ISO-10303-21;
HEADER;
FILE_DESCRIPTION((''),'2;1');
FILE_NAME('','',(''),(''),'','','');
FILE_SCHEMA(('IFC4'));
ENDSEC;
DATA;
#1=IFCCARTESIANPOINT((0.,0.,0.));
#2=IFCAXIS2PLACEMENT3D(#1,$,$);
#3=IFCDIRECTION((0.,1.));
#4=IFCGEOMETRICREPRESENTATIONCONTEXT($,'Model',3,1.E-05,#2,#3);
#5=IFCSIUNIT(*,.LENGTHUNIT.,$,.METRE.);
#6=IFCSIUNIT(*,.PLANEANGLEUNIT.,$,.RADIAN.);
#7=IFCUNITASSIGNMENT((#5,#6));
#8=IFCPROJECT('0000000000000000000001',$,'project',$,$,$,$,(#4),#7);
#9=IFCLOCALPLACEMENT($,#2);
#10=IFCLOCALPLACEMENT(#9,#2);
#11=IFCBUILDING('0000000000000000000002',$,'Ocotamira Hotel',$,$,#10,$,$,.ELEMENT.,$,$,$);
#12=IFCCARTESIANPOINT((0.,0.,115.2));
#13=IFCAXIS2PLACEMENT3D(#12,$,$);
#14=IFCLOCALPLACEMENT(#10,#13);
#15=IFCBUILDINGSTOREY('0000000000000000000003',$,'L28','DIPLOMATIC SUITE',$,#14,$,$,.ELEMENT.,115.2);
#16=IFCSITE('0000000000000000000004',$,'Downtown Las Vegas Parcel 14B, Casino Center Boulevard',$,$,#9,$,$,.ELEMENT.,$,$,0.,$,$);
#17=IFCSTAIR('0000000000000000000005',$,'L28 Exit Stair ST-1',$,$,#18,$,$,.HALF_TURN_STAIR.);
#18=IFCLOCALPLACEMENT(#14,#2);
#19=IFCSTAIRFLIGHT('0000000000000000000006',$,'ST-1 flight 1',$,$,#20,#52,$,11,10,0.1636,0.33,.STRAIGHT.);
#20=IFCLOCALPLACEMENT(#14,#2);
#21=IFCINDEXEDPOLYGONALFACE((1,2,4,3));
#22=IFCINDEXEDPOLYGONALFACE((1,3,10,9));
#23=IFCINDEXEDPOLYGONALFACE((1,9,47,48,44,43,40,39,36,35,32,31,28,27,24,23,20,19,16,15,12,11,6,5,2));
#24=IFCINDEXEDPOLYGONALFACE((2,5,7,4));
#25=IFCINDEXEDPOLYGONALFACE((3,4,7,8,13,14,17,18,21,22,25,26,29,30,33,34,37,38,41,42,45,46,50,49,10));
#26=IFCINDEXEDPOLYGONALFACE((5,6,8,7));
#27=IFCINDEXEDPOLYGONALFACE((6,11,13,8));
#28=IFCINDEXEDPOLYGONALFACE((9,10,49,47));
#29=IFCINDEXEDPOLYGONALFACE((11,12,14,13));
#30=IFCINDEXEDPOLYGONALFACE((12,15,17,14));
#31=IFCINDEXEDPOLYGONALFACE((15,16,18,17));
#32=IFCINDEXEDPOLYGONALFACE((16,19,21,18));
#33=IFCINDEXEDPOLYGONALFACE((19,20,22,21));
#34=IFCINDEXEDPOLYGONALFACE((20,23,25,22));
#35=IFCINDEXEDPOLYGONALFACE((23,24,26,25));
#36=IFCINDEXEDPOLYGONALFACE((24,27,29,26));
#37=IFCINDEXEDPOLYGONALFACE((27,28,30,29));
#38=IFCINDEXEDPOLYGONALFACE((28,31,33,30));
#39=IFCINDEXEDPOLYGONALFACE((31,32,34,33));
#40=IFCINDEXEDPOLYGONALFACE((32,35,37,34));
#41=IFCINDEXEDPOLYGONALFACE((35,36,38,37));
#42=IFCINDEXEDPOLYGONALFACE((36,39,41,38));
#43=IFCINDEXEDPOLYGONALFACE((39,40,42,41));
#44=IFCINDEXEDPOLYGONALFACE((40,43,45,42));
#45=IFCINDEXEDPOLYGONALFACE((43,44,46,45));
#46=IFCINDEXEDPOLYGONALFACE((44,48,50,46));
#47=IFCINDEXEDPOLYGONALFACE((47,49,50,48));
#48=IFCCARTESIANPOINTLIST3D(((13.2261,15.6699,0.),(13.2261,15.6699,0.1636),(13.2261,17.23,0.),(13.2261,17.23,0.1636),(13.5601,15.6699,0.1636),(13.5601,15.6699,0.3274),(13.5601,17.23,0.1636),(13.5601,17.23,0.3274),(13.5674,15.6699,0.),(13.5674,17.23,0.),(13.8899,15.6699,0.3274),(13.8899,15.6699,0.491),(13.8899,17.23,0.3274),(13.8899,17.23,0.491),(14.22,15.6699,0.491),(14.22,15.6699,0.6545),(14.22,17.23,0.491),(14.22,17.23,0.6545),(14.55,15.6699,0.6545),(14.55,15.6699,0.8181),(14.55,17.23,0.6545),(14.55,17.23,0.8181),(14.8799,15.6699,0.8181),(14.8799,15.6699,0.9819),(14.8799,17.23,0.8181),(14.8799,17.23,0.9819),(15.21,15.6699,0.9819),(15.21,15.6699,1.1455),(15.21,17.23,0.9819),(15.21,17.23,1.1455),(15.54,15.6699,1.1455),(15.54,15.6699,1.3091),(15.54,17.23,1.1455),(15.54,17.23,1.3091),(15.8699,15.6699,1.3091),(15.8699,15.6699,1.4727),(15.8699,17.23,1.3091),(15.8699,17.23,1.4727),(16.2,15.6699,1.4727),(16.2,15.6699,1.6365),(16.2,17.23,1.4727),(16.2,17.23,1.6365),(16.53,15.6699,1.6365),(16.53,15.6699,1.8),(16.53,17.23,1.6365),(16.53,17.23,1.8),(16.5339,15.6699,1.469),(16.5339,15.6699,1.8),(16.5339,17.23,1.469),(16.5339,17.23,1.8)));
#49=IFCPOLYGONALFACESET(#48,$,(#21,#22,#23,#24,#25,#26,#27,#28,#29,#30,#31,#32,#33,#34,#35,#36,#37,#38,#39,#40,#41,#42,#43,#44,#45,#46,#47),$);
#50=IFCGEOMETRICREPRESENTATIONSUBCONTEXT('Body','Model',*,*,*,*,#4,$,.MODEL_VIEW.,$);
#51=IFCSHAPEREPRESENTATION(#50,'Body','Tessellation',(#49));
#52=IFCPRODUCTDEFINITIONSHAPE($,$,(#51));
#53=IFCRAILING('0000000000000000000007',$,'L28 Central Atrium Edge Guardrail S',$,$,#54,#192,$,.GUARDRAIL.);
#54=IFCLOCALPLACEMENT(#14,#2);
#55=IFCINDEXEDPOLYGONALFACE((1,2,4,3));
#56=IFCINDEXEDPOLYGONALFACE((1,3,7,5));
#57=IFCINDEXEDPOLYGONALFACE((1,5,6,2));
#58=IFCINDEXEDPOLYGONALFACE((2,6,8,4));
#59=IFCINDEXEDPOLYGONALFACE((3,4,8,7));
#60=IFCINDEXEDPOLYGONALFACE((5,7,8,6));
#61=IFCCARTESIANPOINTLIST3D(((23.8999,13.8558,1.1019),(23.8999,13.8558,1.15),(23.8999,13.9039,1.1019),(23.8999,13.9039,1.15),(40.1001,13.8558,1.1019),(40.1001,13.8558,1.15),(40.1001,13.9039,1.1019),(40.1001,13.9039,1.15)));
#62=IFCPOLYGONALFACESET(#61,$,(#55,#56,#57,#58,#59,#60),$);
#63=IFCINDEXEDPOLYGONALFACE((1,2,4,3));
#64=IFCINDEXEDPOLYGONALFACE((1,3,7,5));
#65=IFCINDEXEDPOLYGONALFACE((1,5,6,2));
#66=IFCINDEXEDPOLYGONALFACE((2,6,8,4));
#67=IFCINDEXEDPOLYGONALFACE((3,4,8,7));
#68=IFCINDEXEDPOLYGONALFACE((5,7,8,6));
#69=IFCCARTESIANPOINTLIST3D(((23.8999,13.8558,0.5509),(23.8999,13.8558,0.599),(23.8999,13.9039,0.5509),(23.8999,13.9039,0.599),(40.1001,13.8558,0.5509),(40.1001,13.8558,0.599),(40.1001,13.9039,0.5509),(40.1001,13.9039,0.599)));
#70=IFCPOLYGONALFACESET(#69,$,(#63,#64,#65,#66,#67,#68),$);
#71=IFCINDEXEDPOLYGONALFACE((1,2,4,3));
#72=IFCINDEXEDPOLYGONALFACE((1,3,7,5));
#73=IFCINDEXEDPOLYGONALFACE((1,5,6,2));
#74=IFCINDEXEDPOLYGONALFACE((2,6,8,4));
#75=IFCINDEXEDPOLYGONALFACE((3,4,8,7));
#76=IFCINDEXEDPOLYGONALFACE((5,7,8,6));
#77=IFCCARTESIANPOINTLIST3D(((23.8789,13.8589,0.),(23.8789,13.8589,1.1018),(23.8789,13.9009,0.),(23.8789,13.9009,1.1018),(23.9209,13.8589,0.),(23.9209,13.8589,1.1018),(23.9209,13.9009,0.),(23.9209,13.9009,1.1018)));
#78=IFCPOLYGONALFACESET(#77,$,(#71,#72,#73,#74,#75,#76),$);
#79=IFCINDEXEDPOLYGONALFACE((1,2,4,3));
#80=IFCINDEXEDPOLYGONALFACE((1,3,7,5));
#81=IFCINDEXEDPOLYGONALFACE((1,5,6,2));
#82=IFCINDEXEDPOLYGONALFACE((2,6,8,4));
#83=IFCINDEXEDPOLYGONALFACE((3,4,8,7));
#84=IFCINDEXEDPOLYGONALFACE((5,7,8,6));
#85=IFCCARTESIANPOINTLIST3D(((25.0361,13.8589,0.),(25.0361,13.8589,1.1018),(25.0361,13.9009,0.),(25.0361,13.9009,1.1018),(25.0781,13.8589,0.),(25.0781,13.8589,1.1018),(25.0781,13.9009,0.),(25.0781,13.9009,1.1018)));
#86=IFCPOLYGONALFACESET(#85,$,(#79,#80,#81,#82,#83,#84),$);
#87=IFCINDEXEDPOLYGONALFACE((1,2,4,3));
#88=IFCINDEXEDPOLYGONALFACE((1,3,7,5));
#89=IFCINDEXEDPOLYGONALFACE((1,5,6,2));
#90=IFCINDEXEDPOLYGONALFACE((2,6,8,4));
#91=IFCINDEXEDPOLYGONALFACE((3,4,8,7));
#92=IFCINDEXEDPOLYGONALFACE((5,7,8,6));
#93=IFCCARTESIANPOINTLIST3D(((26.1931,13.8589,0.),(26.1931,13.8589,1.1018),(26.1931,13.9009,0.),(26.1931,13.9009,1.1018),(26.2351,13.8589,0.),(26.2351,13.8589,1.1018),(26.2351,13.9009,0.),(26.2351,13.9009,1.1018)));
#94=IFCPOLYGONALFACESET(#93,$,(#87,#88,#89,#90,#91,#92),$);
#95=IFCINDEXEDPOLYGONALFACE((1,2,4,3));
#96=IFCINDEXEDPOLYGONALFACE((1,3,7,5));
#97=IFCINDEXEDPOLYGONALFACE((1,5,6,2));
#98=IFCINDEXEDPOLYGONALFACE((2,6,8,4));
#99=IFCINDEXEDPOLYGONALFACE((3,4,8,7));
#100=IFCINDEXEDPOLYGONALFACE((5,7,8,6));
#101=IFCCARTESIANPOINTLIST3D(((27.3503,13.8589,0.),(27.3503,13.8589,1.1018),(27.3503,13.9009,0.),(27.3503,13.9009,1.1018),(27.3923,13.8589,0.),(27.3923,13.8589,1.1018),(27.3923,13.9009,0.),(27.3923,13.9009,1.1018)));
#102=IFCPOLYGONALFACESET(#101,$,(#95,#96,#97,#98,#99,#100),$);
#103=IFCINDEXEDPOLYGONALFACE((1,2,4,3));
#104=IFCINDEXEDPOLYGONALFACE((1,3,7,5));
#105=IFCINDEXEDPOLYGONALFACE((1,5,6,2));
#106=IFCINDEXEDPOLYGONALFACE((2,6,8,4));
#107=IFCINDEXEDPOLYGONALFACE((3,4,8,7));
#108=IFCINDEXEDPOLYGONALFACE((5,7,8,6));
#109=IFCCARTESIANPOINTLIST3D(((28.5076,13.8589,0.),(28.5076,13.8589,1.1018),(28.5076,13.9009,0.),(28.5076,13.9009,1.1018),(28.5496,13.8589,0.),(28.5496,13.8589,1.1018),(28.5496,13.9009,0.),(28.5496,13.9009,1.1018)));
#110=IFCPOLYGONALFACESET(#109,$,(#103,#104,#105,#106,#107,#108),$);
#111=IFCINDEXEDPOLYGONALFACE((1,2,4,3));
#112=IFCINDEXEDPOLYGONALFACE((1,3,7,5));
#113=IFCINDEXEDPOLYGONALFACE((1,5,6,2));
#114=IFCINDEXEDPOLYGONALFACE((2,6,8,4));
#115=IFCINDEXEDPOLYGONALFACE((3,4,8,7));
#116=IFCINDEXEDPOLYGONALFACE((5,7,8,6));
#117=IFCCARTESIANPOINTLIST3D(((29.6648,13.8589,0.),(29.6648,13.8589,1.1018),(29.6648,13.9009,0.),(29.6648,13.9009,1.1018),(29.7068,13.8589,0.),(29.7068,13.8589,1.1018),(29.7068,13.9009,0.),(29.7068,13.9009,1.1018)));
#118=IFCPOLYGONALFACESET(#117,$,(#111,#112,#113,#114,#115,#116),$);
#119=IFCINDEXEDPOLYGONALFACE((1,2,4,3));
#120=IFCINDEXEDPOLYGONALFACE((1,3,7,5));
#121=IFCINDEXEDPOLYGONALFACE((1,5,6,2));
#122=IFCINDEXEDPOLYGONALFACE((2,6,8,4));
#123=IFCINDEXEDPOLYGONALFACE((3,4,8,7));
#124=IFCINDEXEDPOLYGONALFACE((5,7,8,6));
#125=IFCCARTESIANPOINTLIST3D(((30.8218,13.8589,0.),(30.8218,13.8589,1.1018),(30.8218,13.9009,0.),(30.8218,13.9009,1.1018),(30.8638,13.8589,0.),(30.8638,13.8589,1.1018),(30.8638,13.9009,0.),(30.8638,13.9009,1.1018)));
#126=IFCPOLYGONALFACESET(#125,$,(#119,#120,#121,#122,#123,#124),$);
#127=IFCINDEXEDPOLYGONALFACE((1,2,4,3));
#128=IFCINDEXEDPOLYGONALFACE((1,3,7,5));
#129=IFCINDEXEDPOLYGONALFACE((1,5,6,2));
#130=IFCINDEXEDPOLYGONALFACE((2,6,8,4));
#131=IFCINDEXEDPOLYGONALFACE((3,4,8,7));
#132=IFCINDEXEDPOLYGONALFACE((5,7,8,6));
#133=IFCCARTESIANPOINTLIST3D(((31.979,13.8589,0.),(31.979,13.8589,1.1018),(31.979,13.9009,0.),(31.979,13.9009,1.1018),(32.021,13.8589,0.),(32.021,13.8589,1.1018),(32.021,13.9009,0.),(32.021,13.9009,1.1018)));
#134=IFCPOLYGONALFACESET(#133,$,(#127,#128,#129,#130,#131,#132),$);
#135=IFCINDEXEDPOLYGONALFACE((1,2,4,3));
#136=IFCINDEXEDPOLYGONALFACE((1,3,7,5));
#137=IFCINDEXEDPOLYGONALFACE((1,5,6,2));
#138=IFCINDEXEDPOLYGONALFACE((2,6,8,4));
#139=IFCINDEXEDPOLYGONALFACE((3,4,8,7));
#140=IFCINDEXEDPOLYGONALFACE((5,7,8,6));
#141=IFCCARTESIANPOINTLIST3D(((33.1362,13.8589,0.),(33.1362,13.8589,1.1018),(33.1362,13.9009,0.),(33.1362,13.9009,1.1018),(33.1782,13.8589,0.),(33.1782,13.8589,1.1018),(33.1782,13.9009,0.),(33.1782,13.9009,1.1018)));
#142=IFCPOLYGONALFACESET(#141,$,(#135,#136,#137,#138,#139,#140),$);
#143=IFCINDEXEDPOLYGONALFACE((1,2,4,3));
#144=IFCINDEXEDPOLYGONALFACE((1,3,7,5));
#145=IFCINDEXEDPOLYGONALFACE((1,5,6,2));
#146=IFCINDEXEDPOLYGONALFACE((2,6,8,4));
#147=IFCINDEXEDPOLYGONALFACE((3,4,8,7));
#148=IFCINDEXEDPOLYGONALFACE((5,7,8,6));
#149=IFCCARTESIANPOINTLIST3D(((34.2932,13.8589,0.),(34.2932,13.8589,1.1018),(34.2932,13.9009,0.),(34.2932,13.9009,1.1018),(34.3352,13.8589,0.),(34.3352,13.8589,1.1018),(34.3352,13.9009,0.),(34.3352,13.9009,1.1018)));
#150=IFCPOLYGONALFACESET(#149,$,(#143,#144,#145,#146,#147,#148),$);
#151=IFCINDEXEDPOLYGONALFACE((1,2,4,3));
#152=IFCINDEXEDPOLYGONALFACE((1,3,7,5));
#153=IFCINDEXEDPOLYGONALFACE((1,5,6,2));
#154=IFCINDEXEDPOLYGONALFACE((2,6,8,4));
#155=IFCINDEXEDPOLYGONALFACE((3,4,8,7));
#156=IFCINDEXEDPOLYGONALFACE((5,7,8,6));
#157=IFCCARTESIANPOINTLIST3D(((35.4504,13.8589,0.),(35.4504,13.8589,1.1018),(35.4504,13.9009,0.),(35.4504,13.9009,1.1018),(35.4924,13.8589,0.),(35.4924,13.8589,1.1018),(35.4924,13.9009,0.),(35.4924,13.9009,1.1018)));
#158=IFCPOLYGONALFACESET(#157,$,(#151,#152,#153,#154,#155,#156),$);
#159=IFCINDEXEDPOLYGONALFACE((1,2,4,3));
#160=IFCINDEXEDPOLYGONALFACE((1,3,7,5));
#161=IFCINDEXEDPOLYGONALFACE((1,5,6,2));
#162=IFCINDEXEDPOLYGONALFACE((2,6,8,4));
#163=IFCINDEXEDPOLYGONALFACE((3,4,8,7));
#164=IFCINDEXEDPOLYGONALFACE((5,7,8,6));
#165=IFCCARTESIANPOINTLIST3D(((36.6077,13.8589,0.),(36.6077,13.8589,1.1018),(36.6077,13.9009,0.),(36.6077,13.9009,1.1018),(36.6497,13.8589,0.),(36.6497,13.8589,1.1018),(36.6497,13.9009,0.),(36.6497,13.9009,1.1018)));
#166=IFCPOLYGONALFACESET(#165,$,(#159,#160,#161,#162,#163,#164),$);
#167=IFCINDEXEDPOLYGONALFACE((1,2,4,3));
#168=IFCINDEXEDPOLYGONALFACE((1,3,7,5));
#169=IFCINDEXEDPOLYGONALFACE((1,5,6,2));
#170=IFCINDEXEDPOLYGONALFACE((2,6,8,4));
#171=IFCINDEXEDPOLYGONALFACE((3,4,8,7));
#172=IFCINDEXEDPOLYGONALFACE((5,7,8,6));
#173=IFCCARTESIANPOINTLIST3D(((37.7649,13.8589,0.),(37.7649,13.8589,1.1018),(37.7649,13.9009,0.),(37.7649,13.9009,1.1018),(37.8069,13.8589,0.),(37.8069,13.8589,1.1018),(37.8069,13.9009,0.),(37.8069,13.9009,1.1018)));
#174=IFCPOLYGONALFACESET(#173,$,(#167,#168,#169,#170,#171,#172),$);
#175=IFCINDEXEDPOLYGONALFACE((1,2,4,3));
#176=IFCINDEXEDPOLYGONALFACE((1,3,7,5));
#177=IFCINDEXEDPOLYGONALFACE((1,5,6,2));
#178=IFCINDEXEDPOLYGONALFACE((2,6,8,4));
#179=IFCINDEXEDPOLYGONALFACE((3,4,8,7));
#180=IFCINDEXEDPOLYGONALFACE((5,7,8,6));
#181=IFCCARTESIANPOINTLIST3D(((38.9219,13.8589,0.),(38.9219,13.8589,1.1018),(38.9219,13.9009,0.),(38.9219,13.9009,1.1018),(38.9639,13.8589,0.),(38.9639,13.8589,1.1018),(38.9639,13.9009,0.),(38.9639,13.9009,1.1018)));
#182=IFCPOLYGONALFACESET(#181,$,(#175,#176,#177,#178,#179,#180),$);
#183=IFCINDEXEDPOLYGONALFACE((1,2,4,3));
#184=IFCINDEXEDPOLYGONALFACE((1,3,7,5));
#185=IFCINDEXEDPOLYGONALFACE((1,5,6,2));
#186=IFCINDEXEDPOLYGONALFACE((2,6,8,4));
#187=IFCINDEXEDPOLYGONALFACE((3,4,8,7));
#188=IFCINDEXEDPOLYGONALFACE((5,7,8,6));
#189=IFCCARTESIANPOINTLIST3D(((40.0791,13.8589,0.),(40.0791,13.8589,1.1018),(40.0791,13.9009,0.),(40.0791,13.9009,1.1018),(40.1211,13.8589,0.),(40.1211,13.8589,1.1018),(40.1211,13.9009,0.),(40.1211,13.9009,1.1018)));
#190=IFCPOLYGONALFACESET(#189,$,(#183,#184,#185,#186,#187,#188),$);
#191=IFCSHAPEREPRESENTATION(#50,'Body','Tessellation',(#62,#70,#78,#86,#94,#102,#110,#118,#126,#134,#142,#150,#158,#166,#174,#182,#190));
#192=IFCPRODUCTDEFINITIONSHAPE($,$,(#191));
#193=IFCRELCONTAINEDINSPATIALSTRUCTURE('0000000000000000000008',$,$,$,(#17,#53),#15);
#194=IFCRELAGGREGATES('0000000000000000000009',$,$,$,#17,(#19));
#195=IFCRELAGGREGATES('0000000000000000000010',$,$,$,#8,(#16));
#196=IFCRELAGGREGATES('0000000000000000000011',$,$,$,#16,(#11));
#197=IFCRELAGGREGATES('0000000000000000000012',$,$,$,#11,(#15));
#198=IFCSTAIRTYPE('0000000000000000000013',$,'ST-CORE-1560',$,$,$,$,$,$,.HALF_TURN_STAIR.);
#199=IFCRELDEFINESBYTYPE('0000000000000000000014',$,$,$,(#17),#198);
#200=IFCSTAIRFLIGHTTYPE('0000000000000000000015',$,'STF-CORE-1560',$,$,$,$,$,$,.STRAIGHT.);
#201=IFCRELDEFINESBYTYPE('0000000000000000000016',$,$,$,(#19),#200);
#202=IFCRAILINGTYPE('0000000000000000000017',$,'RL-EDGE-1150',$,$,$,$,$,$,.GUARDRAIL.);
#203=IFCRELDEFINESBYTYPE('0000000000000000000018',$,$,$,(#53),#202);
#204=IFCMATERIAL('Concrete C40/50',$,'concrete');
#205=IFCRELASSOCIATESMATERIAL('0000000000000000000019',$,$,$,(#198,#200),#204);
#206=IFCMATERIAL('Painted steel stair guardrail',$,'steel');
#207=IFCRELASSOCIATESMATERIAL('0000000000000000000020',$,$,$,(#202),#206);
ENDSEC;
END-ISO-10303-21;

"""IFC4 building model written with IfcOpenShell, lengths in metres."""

from ifc_helpers import new_model, si_unit, direction, frame, origin, origin_2d, place, context, subcontext, project, spatial, polyline, rectangle, outline, extrude, source, transform, mapped, material, type_object, element, aggregate, save


model = new_model("IFC4")

# Units and contexts
model_context = context("Model", 3, precision=1e-05, world=origin(), true_north=direction((0.0, 1.0)))
body_context = subcontext(model_context, "Body", "Model", "MODEL_VIEW")
ifc_project = project(units=[si_unit("LENGTHUNIT", "METRE"), si_unit("PLANEANGLEUNIT", "RADIAN")], contexts=[model_context])

# Site, building, storey
site_placement = place(None, origin())
site = spatial("IfcSite", under=ifc_project, at=site_placement, Name="Downtown Las Vegas Parcel 14B, Casino Center Boulevard", CompositionType="ELEMENT", RefElevation=0.0)
building_placement = place(site_placement, origin())
building = spatial("IfcBuilding", under=site, at=building_placement, Name="Ocotamira Hotel", CompositionType="ELEMENT")
storey_placement = place(building_placement, frame((0.0, 0.0, 115.2)))
storey = spatial("IfcBuildingStorey", under=building, at=storey_placement, Name="L28", Description="DIPLOMATIC SUITE", CompositionType="ELEMENT", Elevation=115.2)

# Stair, stair flight
ifc_material_1 = material(Name="Concrete C40/50", Category="concrete")
stair_type = type_object("IfcStairType", Name="ST-CORE-1560", PredefinedType="HALF_TURN_STAIR", material=ifc_material_1)
stair_placement = place(storey_placement, origin())
stair = element("IfcStair", 1, at=stair_placement, inside=storey, type_object=stair_type, Name="L28 Exit Stair ST-1", PredefinedType="HALF_TURN_STAIR")
stair_flight_type = type_object("IfcStairFlightType", Name="STF-CORE-1560", PredefinedType="STRAIGHT", material=ifc_material_1)
shared_shape_1 = source(origin(), body_context, "Body", "SweptSolid", [
    extrude(outline(polyline([(-0.0039, 0.0), (-0.0039, 0.1636), (0.3301, 0.1636), (0.3301, 0.3274), (0.6599, 0.3274), (0.6599, 0.491), (0.99, 0.491), (0.99, 0.6545), (1.3201, 0.6545), (1.3201, 0.8181), (1.6499, 0.8181), (1.6499, 0.9819), (1.98, 0.9819), (1.98, 1.1455), (2.3101, 1.1455), (2.3101, 1.3091), (2.6399, 1.3091), (2.6399, 1.4727), (2.97, 1.4727), (2.97, 1.6365), (3.3, 1.6365), (3.3, 1.8), (3.304, 1.8), (3.304, 1.469), (0.3374, 0.0), (-0.0039, 0.0)])), frame((0.0, 0.78, 0.0), z_axis=(0.0, -1.0, 0.0), x_axis=(1.0, 0.0, 0.0)), (0.0, 0.0, 1.0), 1.5601),
])
stair_flight_placement = place(storey_placement, frame((13.23, 16.45, 0.0), z_axis=(0.0, 0.0, 1.0), x_axis=(1.0, 0.0, 0.0)))
stair_flight = element("IfcStairFlight", 2, at=stair_flight_placement, type_object=stair_flight_type, Name="ST-1 flight 1", NumberOfRisers=11, NumberOfTreads=10, PredefinedType="STRAIGHT", RiserHeight=0.1636, TreadLength=0.33, context=body_context, shape_type="MappedRepresentation", body=[
    mapped(shared_shape_1, transform((0.0, 0.0, 0.0), scale=1.0)),
])
aggregate(stair, [stair_flight])

# Railing
ifc_material_2 = material(Name="Painted steel stair guardrail", Category="steel")
railing_type_1 = type_object("IfcRailingType", Name="RL-EDGE-1150", PredefinedType="GUARDRAIL", material=ifc_material_2)
railing_1_placement = place(storey_placement, frame((23.8999, 13.8799, 0.0)))
element("IfcRailing", 3, at=railing_1_placement, inside=storey, type_object=railing_type_1, Name="L28 Central Atrium Edge Guardrail S", PredefinedType="GUARDRAIL", context=body_context, shape_type="SweptSolid", body=[
    extrude(rectangle(XDim=0.0481, YDim=0.0481, at=origin_2d()), frame((0.0, 0.0, 1.126), z_axis=(1.0, 0.0, 0.0), x_axis=(0.0, 1.0, 0.0)), (0.0, 0.0, 1.0), 16.2002),
    extrude(rectangle(XDim=0.0481, YDim=0.0481, at=origin_2d()), frame((0.0, 0.0, 0.575), z_axis=(1.0, 0.0, 0.0), x_axis=(0.0, 1.0, 0.0)), (0.0, 0.0, 1.0), 16.2002),
    extrude(rectangle(XDim=0.042, YDim=0.042, at=origin_2d()), origin(), (0.0, 0.0, 1.0), 1.1018),
    extrude(rectangle(XDim=0.042, YDim=0.042, at=origin_2d()), frame((1.1572, 0.0, 0.0)), (0.0, 0.0, 1.0), 1.1018),
    extrude(rectangle(XDim=0.042, YDim=0.042, at=origin_2d()), frame((2.3142, 0.0, 0.0)), (0.0, 0.0, 1.0), 1.1018),
    extrude(rectangle(XDim=0.042, YDim=0.042, at=origin_2d()), frame((3.4714, 0.0, 0.0)), (0.0, 0.0, 1.0), 1.1018),
    extrude(rectangle(XDim=0.042, YDim=0.042, at=origin_2d()), frame((4.6287, 0.0, 0.0)), (0.0, 0.0, 1.0), 1.1018),
    extrude(rectangle(XDim=0.042, YDim=0.042, at=origin_2d()), frame((5.7859, 0.0, 0.0)), (0.0, 0.0, 1.0), 1.1018),
    extrude(rectangle(XDim=0.042, YDim=0.042, at=origin_2d()), frame((6.9429, 0.0, 0.0)), (0.0, 0.0, 1.0), 1.1018),
    extrude(rectangle(XDim=0.042, YDim=0.042, at=origin_2d()), frame((8.1001, 0.0, 0.0)), (0.0, 0.0, 1.0), 1.1018),
    extrude(rectangle(XDim=0.042, YDim=0.042, at=origin_2d()), frame((9.2573, 0.0, 0.0)), (0.0, 0.0, 1.0), 1.1018),
    extrude(rectangle(XDim=0.042, YDim=0.042, at=origin_2d()), frame((10.4143, 0.0, 0.0)), (0.0, 0.0, 1.0), 1.1018),
    extrude(rectangle(XDim=0.042, YDim=0.042, at=origin_2d()), frame((11.5715, 0.0, 0.0)), (0.0, 0.0, 1.0), 1.1018),
    extrude(rectangle(XDim=0.042, YDim=0.042, at=origin_2d()), frame((12.7288, 0.0, 0.0)), (0.0, 0.0, 1.0), 1.1018),
    extrude(rectangle(XDim=0.042, YDim=0.042, at=origin_2d()), frame((13.886, 0.0, 0.0)), (0.0, 0.0, 1.0), 1.1018),
    extrude(rectangle(XDim=0.042, YDim=0.042, at=origin_2d()), frame((15.043, 0.0, 0.0)), (0.0, 0.0, 1.0), 1.1018),
    extrude(rectangle(XDim=0.042, YDim=0.042, at=origin_2d()), frame((16.2002, 0.0, 0.0)), (0.0, 0.0, 1.0), 1.1018),
])

save(model, "model.ifc")
